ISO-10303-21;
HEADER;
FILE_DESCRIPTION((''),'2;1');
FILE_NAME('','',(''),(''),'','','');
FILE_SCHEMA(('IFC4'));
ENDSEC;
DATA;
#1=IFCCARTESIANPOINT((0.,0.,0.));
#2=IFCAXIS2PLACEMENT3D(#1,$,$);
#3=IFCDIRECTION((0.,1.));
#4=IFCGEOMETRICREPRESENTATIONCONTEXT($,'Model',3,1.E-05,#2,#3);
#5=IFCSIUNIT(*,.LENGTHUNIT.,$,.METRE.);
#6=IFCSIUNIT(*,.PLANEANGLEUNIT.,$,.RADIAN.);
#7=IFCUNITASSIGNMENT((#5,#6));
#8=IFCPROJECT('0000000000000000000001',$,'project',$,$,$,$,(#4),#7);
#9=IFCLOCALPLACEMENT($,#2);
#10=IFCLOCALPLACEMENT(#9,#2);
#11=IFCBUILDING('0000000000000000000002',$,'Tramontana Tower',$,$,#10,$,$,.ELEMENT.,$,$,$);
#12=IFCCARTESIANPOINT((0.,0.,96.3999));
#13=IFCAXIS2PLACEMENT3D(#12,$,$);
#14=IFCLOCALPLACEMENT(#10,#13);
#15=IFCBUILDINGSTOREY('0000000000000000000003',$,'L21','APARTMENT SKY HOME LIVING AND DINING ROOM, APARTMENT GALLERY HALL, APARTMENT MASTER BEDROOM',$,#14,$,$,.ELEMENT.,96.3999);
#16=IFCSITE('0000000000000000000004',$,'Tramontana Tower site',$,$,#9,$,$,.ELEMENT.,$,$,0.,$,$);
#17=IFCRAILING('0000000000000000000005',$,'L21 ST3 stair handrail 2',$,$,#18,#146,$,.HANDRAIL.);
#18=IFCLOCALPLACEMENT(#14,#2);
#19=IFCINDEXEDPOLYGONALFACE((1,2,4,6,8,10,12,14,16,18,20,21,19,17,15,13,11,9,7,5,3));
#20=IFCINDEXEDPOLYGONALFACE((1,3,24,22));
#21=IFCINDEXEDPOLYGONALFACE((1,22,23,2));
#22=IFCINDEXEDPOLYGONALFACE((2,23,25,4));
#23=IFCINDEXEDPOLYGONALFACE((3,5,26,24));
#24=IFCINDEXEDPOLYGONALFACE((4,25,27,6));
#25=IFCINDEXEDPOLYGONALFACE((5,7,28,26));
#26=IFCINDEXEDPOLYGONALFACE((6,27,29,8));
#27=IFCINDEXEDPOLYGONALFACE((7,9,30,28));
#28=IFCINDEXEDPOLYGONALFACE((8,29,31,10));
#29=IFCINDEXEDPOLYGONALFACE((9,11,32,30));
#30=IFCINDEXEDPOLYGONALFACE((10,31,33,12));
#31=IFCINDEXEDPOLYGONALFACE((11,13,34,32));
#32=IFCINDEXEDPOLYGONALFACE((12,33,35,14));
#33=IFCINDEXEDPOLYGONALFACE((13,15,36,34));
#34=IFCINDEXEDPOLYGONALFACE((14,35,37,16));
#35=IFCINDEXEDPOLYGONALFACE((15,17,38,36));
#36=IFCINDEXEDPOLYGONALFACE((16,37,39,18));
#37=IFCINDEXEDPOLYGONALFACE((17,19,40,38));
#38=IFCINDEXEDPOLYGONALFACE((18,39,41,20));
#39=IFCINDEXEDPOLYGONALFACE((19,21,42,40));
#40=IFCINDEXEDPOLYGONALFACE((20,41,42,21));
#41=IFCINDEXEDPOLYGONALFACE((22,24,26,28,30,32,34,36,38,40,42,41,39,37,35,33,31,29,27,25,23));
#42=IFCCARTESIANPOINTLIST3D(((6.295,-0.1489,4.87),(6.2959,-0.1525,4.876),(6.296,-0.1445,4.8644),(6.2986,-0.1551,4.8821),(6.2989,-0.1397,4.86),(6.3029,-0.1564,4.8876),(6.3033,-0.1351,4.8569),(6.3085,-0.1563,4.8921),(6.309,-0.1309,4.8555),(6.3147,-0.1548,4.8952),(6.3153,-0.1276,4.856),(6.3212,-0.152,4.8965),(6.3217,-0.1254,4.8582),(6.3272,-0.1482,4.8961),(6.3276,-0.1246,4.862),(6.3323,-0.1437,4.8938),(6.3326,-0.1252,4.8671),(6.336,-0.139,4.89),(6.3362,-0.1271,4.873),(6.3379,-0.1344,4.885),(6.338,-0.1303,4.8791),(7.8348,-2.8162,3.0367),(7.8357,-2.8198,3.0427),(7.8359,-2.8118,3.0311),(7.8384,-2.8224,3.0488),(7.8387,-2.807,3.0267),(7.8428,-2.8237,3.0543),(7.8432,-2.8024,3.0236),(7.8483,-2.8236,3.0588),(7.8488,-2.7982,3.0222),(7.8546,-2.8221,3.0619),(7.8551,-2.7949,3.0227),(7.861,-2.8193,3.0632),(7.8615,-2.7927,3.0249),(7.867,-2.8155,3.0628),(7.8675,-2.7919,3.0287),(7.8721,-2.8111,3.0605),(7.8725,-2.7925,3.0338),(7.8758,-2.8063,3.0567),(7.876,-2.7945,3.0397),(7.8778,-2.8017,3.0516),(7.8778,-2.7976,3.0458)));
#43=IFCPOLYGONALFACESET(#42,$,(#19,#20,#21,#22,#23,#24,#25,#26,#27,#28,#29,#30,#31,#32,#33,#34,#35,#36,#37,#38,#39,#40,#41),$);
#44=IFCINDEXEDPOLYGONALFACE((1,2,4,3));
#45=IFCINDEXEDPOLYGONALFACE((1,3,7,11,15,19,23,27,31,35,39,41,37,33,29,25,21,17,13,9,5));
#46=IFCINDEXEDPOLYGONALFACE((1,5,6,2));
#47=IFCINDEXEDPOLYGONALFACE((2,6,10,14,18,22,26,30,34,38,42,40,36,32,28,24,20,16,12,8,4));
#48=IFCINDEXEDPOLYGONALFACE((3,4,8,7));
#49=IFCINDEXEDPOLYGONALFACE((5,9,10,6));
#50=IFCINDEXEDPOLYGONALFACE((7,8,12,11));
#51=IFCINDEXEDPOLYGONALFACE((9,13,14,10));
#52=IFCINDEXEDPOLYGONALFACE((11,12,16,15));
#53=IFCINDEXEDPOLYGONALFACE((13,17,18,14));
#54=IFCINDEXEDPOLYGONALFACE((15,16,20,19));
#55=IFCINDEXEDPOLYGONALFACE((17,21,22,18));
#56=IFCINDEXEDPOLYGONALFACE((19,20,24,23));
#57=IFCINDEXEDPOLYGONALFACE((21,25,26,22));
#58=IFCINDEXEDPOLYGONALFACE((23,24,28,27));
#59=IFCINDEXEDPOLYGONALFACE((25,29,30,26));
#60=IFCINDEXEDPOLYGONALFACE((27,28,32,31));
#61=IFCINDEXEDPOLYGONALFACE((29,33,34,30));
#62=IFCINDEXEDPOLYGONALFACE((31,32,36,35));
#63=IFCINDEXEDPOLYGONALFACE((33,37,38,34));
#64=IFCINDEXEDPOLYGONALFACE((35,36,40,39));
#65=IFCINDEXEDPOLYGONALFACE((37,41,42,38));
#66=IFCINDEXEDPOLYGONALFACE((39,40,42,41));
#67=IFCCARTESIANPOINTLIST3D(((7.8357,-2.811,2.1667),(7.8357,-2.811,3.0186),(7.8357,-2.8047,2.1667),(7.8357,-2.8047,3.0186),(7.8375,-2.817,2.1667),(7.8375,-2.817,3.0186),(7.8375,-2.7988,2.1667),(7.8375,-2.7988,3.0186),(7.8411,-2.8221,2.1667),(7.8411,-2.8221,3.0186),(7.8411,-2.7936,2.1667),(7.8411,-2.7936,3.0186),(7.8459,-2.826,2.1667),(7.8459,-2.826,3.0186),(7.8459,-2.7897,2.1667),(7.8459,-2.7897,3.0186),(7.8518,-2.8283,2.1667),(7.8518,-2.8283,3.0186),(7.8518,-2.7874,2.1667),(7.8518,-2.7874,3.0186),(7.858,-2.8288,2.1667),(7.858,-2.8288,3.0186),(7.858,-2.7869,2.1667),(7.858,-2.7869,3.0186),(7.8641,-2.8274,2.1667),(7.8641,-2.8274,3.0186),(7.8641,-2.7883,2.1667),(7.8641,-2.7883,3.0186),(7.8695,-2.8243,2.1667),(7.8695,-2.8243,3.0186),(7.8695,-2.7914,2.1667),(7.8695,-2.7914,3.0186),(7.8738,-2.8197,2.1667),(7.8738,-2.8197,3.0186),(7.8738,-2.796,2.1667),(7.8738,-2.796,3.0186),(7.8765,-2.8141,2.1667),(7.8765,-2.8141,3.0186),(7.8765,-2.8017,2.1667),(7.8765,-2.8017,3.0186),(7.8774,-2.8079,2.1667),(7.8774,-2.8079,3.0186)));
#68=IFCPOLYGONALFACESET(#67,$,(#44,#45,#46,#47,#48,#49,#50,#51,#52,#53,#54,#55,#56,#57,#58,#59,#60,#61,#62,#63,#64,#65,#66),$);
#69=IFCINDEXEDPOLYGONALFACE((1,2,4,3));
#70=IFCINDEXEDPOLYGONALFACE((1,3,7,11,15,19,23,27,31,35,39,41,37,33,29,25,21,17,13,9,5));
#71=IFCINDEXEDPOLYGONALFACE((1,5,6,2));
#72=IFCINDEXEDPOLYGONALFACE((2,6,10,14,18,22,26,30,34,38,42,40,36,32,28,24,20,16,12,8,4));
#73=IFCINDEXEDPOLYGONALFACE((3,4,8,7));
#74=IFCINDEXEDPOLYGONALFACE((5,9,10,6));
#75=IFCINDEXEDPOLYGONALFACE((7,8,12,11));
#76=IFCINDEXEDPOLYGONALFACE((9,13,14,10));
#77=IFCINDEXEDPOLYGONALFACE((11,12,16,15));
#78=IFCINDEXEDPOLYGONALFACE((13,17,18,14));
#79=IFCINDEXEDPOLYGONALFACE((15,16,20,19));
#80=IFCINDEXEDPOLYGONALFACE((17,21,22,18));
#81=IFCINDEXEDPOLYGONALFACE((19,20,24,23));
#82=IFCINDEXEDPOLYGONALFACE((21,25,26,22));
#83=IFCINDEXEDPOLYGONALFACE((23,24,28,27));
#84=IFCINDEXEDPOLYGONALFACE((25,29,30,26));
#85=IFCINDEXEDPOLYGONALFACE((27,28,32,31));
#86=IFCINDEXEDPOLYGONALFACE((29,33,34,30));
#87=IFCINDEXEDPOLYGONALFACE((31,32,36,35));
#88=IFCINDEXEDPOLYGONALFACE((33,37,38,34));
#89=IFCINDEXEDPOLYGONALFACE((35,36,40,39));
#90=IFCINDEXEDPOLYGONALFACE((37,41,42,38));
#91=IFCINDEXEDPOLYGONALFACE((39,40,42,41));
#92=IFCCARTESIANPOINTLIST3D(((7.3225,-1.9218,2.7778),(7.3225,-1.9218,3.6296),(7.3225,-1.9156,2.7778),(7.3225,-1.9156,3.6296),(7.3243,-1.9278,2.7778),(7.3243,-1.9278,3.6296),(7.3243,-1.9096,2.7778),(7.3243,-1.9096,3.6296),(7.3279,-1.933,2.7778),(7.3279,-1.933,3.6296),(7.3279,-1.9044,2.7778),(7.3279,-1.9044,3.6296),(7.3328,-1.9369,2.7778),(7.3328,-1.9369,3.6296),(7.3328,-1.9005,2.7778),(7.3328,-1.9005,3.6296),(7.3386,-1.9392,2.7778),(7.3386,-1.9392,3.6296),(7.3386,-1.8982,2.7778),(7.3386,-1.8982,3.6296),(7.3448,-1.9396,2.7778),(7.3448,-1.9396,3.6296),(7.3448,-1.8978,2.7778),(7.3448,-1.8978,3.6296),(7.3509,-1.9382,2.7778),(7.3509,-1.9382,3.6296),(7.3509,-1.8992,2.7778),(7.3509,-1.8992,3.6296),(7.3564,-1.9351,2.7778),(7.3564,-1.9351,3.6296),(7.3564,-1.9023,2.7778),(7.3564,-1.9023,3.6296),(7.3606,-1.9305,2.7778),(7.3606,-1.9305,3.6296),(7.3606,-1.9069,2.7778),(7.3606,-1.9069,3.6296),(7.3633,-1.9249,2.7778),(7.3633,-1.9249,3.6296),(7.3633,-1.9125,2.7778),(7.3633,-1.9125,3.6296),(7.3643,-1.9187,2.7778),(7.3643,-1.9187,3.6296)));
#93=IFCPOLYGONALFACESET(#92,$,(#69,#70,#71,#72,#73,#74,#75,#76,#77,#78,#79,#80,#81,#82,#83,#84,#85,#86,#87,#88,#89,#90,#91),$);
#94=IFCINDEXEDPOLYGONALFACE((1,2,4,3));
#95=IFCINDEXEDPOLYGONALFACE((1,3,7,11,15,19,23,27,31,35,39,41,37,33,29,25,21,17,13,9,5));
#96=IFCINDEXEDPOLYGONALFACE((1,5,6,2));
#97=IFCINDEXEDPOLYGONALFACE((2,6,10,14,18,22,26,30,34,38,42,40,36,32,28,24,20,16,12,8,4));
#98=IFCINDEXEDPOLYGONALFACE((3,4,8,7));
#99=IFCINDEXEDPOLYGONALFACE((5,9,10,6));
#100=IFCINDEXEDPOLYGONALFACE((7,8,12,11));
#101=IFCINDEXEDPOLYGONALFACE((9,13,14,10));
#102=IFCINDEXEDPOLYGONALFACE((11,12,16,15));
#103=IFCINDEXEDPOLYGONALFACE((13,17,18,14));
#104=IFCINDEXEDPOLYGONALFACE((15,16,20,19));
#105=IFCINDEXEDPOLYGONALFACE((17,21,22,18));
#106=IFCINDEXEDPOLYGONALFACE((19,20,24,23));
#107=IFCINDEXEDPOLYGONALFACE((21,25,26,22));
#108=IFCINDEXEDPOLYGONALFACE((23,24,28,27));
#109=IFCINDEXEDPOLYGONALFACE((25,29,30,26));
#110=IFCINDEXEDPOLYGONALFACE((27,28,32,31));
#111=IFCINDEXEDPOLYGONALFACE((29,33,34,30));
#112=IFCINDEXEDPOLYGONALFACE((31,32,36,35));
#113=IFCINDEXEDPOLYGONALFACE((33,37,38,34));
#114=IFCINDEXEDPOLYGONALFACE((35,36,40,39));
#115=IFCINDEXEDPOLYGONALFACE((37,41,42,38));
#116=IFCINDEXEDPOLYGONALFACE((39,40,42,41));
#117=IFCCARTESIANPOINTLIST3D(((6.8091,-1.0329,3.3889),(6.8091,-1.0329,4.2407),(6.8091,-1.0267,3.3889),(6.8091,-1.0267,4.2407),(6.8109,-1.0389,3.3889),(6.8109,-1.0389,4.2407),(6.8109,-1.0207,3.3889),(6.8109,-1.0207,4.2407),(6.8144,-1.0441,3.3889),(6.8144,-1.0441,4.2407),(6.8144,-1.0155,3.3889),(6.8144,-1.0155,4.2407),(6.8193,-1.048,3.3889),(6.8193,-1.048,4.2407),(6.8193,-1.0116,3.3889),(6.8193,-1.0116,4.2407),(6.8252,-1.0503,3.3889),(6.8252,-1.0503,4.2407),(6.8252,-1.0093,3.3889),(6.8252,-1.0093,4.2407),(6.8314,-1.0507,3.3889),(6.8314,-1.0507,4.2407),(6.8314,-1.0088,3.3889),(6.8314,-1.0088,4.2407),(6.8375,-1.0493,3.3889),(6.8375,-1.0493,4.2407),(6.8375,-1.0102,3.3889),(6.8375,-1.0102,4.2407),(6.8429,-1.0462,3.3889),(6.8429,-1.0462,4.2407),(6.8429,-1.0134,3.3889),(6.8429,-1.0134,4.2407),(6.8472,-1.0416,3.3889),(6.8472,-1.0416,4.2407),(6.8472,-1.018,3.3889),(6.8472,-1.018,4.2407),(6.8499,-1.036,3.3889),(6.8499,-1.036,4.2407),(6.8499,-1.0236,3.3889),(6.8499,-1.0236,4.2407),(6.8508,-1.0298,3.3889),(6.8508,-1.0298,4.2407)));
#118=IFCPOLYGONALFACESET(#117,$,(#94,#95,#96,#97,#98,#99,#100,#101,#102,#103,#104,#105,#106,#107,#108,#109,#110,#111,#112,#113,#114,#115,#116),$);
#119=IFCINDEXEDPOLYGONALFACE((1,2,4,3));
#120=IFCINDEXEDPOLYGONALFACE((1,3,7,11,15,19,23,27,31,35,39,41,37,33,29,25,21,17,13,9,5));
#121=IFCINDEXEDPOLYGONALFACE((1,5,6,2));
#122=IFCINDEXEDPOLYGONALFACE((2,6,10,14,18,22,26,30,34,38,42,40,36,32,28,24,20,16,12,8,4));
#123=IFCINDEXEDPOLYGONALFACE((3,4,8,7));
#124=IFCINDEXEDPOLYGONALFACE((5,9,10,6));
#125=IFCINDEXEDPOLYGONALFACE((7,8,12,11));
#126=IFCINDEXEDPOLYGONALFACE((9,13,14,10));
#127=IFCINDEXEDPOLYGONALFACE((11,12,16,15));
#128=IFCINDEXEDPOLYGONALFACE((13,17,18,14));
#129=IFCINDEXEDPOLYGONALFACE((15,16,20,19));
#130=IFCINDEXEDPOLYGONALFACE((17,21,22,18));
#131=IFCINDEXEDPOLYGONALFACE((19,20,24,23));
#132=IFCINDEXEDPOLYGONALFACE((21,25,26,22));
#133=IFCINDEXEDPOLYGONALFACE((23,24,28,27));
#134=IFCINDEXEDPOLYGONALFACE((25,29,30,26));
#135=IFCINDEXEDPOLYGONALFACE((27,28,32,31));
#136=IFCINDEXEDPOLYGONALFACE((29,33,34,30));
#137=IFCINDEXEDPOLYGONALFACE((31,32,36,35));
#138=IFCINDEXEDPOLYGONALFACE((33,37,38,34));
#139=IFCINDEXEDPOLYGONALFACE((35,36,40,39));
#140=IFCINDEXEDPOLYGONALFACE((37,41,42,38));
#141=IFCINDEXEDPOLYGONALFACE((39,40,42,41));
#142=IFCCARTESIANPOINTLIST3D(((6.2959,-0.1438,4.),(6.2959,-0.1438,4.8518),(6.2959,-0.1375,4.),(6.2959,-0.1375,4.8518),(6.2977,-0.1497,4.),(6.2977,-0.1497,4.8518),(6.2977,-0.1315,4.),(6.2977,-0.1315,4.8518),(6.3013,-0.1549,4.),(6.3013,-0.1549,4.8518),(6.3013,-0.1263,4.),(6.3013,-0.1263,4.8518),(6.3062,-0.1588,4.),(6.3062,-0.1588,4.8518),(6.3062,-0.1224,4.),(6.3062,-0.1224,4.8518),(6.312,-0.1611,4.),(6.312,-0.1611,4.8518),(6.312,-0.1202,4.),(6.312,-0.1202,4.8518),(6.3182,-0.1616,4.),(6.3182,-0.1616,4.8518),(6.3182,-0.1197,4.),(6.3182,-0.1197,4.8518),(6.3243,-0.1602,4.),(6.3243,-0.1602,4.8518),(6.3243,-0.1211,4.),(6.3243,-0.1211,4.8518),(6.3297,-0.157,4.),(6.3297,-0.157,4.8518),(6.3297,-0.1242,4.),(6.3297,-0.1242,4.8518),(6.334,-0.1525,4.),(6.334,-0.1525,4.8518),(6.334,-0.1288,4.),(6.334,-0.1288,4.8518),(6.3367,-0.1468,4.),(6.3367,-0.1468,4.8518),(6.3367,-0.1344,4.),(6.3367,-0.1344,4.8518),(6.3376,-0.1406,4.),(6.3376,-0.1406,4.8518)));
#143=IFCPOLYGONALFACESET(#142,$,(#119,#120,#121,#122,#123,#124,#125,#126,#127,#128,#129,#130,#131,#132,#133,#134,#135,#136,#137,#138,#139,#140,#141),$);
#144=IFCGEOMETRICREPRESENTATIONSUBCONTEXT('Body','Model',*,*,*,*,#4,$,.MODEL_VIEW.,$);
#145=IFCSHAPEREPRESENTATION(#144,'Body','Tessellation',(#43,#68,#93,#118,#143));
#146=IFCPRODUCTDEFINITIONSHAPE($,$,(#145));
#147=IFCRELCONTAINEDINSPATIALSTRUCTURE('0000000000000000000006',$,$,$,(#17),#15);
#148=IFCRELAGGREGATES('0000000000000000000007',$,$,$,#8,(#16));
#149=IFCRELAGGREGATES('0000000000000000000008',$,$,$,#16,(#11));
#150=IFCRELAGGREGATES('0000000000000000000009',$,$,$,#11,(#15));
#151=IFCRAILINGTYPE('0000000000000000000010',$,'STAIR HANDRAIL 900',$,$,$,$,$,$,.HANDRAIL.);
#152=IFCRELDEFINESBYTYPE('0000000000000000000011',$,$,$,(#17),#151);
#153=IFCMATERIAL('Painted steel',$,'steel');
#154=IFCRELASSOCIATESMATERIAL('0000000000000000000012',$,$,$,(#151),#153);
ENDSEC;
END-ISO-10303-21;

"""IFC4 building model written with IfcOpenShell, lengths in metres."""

from ifc_helpers import new_model, si_unit, direction, frame, origin, origin_2d, place, context, subcontext, project, spatial, circle, extrude, material, type_object, element, save


model = new_model("IFC4")

# Units and contexts
model_context = context("Model", 3, precision=1e-05, world=origin(), true_north=direction((0.0, 1.0)))
body_context = subcontext(model_context, "Body", "Model", "MODEL_VIEW")
ifc_project = project(units=[si_unit("LENGTHUNIT", "METRE"), si_unit("PLANEANGLEUNIT", "RADIAN")], contexts=[model_context])

# Site, building, storey
site_placement = place(None, origin())
site = spatial("IfcSite", under=ifc_project, at=site_placement, Name="Tramontana Tower site", CompositionType="ELEMENT", RefElevation=0.0)
building_placement = place(site_placement, origin())
building = spatial("IfcBuilding", under=site, at=building_placement, Name="Tramontana Tower", CompositionType="ELEMENT")
storey_placement = place(building_placement, frame((0.0, 0.0, 96.3999)))
storey = spatial("IfcBuildingStorey", under=building, at=storey_placement, Name="L21", Description="APARTMENT SKY HOME LIVING AND DINING ROOM, APARTMENT GALLERY HALL, APARTMENT MASTER BEDROOM", CompositionType="ELEMENT", Elevation=96.3999)

# Railing
ifc_material_1 = material(Name="Painted steel", Category="steel")
railing_type_1 = type_object("IfcRailingType", Name="STAIR HANDRAIL 900", PredefinedType="HANDRAIL", material=ifc_material_1)
railing_1_placement = place(storey_placement, frame((7.8564, -2.8079, 2.1667)))
element("IfcRailing", 1, at=railing_1_placement, inside=storey, type_object=railing_type_1, Name="L21 ST3 stair handrail 2", PredefinedType="HANDRAIL", context=body_context, shape_type="SweptSolid", body=[
    extrude(circle(Radius=0.0239, at=origin_2d()), frame((0.0, 0.0, 0.876), z_axis=(-0.429616, 0.744181, 0.511493), x_axis=(-0.866044, -0.499967, 0.0)), (0.0, 0.0, 1.0), 3.5842),
    extrude(circle(Radius=0.021, at=origin_2d()), origin(), (0.0, 0.0, 1.0), 0.8518),
    extrude(circle(Radius=0.021, at=origin_2d()), frame((-0.5132, 0.8892, 0.6111)), (0.0, 0.0, 1.0), 0.8518),
    extrude(circle(Radius=0.021, at=origin_2d()), frame((-1.0266, 1.7781, 1.2222)), (0.0, 0.0, 1.0), 0.8518),
    extrude(circle(Radius=0.021, at=origin_2d()), frame((-1.5398, 2.6672, 1.8333)), (0.0, 0.0, 1.0), 0.8518),
])

save(model, "model.ifc")
